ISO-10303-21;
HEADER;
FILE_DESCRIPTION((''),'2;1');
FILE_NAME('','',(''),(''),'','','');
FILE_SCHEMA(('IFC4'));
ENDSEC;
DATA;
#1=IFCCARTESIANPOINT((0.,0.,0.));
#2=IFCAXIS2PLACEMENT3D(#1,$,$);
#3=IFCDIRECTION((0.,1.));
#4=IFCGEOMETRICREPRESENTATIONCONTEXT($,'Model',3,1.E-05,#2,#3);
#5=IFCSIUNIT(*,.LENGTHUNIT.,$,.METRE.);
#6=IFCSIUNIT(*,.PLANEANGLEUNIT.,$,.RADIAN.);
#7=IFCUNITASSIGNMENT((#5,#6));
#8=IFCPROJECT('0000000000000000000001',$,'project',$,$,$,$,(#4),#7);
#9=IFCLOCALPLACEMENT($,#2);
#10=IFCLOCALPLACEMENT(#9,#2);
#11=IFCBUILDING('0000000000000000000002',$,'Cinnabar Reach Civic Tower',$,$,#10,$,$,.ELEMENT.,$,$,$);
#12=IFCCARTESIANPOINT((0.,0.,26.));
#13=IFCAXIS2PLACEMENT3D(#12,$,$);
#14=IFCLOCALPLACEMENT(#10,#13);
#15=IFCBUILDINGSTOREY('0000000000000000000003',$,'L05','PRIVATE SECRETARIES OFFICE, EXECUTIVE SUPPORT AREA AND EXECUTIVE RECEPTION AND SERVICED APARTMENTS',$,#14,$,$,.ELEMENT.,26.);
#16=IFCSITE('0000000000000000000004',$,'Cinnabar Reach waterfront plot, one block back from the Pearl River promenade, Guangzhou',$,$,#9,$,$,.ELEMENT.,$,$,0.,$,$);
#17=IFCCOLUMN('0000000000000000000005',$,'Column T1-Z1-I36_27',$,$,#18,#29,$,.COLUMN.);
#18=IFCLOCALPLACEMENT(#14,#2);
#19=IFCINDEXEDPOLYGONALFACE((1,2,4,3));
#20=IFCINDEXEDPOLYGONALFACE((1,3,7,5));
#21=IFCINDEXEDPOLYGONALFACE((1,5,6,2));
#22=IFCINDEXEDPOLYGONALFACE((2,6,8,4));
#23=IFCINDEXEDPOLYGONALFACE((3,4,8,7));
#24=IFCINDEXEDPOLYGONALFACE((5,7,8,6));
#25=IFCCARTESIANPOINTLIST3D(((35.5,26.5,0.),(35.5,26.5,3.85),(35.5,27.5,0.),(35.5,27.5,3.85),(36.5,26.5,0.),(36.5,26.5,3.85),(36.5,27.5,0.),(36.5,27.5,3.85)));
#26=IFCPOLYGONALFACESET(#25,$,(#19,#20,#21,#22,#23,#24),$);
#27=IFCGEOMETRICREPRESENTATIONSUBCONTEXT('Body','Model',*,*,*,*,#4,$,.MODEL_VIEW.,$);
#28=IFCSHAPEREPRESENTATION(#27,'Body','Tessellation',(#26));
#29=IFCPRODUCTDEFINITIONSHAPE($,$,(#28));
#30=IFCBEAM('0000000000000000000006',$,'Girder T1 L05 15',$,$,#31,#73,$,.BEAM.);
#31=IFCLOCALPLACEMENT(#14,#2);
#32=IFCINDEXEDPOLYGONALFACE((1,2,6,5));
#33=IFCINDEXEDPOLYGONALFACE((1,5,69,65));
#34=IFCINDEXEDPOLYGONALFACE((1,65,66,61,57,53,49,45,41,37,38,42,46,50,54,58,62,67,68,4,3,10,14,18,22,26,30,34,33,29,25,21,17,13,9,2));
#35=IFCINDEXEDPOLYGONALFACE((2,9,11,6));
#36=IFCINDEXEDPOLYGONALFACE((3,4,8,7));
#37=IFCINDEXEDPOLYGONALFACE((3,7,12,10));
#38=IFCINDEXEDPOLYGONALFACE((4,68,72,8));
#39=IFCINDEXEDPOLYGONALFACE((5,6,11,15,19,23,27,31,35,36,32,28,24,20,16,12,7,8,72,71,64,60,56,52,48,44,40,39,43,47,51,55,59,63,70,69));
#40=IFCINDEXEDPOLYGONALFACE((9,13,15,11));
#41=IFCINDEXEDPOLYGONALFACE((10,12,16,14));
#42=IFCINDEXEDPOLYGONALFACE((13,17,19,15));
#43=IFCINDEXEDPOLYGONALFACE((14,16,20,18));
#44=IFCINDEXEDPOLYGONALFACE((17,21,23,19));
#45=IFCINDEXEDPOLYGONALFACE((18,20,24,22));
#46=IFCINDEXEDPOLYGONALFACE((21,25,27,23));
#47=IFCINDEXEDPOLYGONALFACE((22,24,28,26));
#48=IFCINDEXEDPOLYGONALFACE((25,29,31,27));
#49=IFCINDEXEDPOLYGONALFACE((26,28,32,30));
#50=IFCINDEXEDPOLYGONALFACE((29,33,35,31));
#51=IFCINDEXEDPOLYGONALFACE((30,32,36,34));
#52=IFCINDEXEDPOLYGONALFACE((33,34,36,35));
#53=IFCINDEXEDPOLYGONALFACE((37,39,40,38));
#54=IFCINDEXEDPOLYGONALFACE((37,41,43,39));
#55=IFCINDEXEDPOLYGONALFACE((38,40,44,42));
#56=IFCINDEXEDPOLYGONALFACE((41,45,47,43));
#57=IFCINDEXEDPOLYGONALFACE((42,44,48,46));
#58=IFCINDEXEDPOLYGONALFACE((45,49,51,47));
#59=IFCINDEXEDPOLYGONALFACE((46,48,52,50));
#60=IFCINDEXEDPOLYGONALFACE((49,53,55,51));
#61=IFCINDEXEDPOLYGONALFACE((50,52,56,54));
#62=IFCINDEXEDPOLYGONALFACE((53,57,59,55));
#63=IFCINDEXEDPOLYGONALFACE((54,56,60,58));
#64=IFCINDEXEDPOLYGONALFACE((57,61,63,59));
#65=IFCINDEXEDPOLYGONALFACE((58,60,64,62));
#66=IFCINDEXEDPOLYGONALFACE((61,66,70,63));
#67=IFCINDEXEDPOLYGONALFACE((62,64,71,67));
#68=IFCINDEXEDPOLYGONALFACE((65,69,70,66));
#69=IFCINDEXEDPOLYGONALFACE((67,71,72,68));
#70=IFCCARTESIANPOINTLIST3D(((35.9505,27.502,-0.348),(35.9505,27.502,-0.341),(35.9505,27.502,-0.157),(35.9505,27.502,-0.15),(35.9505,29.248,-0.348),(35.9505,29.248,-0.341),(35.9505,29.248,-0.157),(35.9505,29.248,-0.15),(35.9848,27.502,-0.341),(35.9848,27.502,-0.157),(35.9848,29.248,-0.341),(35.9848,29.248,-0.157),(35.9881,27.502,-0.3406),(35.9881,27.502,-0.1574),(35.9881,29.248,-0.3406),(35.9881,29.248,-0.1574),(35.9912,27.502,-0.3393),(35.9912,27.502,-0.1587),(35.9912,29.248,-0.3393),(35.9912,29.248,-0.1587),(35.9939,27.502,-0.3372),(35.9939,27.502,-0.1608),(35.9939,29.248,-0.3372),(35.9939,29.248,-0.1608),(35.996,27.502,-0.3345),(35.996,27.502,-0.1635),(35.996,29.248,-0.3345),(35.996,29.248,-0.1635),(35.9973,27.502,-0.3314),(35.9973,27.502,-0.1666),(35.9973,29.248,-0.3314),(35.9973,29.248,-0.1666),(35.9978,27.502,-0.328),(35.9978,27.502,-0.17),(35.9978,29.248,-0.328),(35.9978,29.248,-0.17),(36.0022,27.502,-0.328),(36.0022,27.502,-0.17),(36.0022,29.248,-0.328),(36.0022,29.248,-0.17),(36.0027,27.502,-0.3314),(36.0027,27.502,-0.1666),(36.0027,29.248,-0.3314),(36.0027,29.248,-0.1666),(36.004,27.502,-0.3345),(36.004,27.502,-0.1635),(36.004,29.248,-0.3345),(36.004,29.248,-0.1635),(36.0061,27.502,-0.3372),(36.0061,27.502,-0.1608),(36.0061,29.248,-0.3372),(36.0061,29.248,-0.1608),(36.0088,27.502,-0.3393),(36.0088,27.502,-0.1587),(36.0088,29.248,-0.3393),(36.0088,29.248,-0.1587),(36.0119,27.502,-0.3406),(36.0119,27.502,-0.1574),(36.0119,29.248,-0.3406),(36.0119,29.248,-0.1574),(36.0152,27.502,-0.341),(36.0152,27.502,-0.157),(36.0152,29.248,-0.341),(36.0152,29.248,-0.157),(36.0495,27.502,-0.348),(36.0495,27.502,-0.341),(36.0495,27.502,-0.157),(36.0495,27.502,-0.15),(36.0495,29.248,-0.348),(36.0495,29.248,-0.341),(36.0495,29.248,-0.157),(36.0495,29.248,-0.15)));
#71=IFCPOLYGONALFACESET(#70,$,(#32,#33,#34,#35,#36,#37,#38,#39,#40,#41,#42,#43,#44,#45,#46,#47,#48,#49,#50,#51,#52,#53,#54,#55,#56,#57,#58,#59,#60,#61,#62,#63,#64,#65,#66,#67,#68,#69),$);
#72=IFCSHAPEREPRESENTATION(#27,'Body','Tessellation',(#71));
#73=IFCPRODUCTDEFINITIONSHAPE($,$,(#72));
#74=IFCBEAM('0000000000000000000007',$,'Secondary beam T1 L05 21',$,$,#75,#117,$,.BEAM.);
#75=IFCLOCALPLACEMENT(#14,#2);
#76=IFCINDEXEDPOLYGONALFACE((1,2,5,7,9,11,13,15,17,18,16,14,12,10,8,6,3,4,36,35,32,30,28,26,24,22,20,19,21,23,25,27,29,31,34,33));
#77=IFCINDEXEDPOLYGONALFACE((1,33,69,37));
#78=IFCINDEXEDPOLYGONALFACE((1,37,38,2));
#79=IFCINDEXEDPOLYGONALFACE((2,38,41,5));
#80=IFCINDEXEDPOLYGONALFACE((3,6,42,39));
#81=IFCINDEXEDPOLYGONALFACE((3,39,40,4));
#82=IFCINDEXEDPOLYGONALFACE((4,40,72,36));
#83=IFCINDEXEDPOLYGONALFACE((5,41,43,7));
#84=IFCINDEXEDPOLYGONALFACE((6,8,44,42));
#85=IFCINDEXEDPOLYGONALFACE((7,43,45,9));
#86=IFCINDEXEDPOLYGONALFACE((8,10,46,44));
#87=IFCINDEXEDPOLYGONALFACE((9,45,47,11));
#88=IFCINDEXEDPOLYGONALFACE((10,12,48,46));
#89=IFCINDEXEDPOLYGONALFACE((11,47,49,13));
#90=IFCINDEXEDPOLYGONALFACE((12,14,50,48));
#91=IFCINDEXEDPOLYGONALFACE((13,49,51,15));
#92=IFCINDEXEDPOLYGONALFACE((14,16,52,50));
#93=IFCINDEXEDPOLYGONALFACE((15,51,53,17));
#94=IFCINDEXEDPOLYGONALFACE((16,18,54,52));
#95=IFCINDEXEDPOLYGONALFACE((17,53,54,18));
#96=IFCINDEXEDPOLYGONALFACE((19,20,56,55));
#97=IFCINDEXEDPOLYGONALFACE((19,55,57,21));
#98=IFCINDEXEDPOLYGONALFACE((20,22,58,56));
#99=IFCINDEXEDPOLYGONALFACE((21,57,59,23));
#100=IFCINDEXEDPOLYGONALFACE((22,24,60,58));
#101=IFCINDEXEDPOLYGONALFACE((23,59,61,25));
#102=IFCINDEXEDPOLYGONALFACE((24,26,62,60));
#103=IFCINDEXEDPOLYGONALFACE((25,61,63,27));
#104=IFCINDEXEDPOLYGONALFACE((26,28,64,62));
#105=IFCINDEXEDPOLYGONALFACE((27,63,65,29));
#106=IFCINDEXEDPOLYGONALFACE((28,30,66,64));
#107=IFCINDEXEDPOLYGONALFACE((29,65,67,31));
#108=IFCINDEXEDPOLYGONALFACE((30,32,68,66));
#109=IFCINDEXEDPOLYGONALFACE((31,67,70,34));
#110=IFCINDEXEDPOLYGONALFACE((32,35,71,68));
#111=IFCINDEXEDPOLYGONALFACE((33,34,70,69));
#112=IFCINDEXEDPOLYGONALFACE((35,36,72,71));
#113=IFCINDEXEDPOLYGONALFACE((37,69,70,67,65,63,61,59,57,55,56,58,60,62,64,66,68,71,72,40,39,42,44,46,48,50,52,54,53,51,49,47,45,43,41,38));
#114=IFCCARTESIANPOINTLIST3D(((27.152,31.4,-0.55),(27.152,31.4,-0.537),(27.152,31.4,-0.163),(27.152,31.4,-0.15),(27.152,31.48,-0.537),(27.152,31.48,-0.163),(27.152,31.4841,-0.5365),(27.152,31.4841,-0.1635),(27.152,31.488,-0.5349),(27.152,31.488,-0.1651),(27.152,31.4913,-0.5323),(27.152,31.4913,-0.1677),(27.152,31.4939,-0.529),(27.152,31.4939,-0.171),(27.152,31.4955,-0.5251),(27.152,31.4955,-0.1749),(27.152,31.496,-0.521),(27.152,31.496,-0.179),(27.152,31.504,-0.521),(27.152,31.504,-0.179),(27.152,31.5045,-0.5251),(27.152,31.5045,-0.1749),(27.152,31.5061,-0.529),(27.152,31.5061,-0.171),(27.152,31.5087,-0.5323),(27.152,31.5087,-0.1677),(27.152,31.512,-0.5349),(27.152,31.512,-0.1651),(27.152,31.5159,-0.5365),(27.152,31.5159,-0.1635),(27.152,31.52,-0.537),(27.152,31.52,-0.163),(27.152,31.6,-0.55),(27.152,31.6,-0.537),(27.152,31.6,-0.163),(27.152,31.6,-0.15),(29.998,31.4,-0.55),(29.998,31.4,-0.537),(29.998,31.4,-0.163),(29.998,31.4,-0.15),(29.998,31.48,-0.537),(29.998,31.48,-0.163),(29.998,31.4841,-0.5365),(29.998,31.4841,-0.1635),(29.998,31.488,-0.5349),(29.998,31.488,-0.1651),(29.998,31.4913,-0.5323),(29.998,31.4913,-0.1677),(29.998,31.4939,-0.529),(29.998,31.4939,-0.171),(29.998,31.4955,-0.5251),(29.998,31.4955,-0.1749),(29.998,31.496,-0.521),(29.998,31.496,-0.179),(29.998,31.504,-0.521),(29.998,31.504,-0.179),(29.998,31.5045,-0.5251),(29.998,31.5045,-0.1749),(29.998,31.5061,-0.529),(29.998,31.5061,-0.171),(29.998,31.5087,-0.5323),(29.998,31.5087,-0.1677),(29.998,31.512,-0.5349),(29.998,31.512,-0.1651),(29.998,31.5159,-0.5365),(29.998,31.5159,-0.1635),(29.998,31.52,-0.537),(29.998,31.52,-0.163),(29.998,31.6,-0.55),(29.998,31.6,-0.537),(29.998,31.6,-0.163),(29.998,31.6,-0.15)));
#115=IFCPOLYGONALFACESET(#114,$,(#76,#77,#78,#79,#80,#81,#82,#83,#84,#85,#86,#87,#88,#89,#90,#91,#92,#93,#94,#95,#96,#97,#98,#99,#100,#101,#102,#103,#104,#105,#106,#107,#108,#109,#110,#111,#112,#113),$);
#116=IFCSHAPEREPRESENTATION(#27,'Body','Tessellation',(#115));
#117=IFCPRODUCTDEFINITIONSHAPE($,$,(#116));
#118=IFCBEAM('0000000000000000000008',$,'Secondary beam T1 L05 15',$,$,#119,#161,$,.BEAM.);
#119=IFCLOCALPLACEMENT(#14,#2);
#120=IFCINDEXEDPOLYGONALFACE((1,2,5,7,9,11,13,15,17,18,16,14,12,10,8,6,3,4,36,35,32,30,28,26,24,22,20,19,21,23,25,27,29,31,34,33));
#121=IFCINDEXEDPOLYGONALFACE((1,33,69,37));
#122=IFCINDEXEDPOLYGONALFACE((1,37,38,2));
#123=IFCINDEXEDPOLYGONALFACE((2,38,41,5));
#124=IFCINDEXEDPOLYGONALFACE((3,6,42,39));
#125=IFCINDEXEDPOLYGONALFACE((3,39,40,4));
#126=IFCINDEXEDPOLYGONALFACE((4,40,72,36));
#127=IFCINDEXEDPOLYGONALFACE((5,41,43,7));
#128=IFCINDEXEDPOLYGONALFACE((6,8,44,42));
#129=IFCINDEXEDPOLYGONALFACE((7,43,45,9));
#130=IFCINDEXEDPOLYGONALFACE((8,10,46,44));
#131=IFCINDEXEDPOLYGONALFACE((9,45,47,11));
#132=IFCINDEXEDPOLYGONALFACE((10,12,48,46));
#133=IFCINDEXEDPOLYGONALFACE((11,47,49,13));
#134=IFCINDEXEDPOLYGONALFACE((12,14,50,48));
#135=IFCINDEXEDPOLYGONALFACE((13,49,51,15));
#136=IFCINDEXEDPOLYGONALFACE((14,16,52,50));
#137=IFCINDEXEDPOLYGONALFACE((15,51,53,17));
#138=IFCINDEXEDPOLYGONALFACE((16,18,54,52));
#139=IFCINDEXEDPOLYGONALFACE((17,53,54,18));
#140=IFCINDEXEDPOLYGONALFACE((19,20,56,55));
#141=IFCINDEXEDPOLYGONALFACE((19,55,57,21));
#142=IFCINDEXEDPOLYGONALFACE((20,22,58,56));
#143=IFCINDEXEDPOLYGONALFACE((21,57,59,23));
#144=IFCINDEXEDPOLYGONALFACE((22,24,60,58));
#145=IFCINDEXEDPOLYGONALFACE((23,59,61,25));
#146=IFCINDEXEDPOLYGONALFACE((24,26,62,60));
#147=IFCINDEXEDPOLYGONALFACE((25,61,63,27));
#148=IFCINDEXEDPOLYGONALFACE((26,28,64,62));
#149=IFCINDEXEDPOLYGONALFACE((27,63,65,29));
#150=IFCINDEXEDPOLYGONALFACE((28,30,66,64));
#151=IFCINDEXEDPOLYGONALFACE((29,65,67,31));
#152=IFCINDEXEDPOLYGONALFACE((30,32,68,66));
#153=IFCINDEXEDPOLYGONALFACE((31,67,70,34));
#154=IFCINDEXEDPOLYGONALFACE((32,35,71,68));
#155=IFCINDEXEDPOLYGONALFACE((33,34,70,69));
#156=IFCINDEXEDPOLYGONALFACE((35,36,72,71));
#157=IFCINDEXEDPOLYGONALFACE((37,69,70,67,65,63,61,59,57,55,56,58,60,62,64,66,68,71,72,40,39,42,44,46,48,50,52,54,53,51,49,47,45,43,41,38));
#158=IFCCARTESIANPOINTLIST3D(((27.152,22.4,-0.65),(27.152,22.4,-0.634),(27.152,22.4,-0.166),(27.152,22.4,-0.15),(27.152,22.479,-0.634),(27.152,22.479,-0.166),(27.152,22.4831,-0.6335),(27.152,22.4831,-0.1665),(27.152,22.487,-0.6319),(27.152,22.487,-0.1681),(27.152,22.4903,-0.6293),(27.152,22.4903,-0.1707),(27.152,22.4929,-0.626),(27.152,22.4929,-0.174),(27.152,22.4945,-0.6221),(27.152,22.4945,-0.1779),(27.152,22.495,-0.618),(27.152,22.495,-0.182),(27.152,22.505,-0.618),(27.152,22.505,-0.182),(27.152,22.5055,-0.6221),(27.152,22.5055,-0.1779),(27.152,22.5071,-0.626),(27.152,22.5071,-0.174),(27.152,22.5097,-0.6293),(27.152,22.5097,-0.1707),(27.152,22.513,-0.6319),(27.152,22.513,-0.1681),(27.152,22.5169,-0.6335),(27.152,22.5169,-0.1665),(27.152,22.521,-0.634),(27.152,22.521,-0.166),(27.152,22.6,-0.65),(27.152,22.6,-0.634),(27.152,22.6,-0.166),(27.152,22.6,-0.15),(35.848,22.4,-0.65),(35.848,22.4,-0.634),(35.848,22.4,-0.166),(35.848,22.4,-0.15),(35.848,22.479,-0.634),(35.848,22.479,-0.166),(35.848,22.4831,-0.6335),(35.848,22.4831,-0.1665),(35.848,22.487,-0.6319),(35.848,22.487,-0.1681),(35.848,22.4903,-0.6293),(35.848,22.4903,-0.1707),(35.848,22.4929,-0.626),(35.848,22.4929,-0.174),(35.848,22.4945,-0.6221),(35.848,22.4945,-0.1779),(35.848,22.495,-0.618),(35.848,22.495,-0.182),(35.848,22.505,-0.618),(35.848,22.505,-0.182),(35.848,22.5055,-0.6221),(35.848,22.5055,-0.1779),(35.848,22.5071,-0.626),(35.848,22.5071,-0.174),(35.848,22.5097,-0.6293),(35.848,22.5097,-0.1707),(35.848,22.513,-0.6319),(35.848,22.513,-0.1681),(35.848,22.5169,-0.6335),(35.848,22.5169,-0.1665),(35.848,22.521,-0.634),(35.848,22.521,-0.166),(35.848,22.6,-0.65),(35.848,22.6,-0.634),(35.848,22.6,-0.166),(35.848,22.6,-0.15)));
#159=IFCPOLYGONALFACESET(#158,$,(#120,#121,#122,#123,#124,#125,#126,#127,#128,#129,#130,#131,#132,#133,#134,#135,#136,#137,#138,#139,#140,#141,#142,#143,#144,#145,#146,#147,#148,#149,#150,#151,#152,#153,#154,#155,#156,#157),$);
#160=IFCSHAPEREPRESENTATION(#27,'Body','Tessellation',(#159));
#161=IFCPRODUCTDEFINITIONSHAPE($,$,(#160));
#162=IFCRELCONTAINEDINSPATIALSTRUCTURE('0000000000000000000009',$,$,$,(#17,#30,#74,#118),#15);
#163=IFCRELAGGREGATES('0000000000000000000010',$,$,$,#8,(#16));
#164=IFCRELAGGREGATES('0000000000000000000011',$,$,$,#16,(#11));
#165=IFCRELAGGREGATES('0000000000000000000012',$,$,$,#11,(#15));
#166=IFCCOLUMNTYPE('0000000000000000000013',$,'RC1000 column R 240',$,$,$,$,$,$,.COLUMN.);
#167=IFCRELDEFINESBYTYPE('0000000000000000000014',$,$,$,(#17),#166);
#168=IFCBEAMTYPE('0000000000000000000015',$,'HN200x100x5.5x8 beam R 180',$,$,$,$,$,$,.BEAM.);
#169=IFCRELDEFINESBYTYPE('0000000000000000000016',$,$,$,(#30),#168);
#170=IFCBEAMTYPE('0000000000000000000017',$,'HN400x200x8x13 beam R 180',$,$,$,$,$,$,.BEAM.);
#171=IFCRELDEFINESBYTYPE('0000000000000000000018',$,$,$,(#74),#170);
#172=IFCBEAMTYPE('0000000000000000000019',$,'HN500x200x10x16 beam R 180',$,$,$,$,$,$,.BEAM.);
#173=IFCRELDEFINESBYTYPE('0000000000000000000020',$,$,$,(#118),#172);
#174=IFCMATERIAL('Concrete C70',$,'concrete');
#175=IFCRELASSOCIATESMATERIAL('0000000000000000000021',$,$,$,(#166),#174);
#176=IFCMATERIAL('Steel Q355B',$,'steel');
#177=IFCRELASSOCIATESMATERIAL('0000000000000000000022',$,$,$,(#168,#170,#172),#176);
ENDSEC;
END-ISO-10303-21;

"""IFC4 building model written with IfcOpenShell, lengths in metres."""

from ifc_helpers import new_model, si_unit, direction, frame, origin, origin_2d, place, context, subcontext, project, spatial, rectangle, i_section, extrude, material, material_profile, profile_set, type_object, element, save


model = new_model("IFC4")

# Units and contexts
model_context = context("Model", 3, precision=1e-05, world=origin(), true_north=direction((0.0, 1.0)))
body_context = subcontext(model_context, "Body", "Model", "MODEL_VIEW")
ifc_project = project(units=[si_unit("LENGTHUNIT", "METRE"), si_unit("PLANEANGLEUNIT", "RADIAN")], contexts=[model_context])

# Site, building, storey
site_placement = place(None, origin())
site = spatial("IfcSite", under=ifc_project, at=site_placement, Name="Cinnabar Reach waterfront plot, one block back from the Pearl River promenade, Guangzhou", CompositionType="ELEMENT", RefElevation=0.0)
building_placement = place(site_placement, origin())
building = spatial("IfcBuilding", under=site, at=building_placement, Name="Cinnabar Reach Civic Tower", CompositionType="ELEMENT")
storey_placement = place(building_placement, frame((0.0, 0.0, 26.0)))
storey = spatial("IfcBuildingStorey", under=building, at=storey_placement, Name="L05", Description="PRIVATE SECRETARIES OFFICE, EXECUTIVE SUPPORT AREA AND EXECUTIVE RECEPTION AND SERVICED APARTMENTS", CompositionType="ELEMENT", Elevation=26.0)

# Column
ifc_material_1 = material(Name="Concrete C70", Category="concrete")
ifc_material_profile_1 = material_profile(ifc_material_1, rectangle(XDim=1.0, YDim=1.0, at=origin_2d()), Name="RC1000")
ifc_profile_set_1 = profile_set([ifc_material_profile_1], Name="Concrete C70")
column_type = type_object("IfcColumnType", Name="RC1000 column R 240", PredefinedType="COLUMN", material=ifc_profile_set_1)
column_placement = place(storey_placement, frame((36.0, 27.0, 0.0), z_axis=(0.0, 0.0, 1.0), x_axis=(1.0, 0.0, 0.0)))
element("IfcColumn", 1, at=column_placement, inside=storey, type_object=column_type, Name="Column T1-Z1-I36_27", PredefinedType="COLUMN", context=body_context, shape_type="SweptSolid", body=[
    extrude(rectangle(XDim=1.0, YDim=1.0, at=origin_2d()), origin(), (0.0, 0.0, 1.0), 3.85),
])

# Beams
ifc_material_2 = material(Name="Steel Q355B", Category="steel")
ifc_material_profile_2 = material_profile(ifc_material_2, i_section(OverallWidth=0.099, OverallDepth=0.198, WebThickness=0.0045, FlangeThickness=0.007, FilletRadius=0.013, at=origin_2d()), Name="HN200x100x5.5x8")
ifc_profile_set_2 = profile_set([ifc_material_profile_2], Name="Steel Q355B")
beam_type_1 = type_object("IfcBeamType", Name="HN200x100x5.5x8 beam R 180", PredefinedType="BEAM", material=ifc_profile_set_2)
beam_1_placement = place(storey_placement, frame((36.0, 27.502, -0.249), z_axis=(0.0, 1.0, 0.0), x_axis=(-1.0, 0.0, 0.0)))
element("IfcBeam", 2, at=beam_1_placement, inside=storey, type_object=beam_type_1, Name="Girder T1 L05 15", PredefinedType="BEAM", context=body_context, shape_type="SweptSolid", body=[
    extrude(i_section(OverallWidth=0.099, OverallDepth=0.198, WebThickness=0.0045, FlangeThickness=0.007, FilletRadius=0.013, at=origin_2d()), origin(), (0.0, 0.0, 1.0), 1.746),
])
ifc_material_profile_3 = material_profile(ifc_material_2, i_section(OverallWidth=0.2, OverallDepth=0.4, WebThickness=0.008, FlangeThickness=0.013, FilletRadius=0.016, at=origin_2d()), Name="HN400x200x8x13")
ifc_profile_set_3 = profile_set([ifc_material_profile_3], Name="Steel Q355B")
beam_type_2 = type_object("IfcBeamType", Name="HN400x200x8x13 beam R 180", PredefinedType="BEAM", material=ifc_profile_set_3)
beam_2_placement = place(storey_placement, frame((27.152, 31.5, -0.35), z_axis=(1.0, 0.0, 0.0), x_axis=(0.0, 1.0, 0.0)))
element("IfcBeam", 3, at=beam_2_placement, inside=storey, type_object=beam_type_2, Name="Secondary beam T1 L05 21", PredefinedType="BEAM", context=body_context, shape_type="SweptSolid", body=[
    extrude(i_section(OverallWidth=0.2, OverallDepth=0.4, WebThickness=0.008, FlangeThickness=0.013, FilletRadius=0.016, at=origin_2d()), origin(), (0.0, 0.0, 1.0), 2.846),
])
ifc_material_profile_4 = material_profile(ifc_material_2, i_section(OverallWidth=0.2, OverallDepth=0.5, WebThickness=0.01, FlangeThickness=0.016, FilletRadius=0.016, at=origin_2d()), Name="HN500x200x10x16")
ifc_profile_set_4 = profile_set([ifc_material_profile_4], Name="Steel Q355B")
beam_type_3 = type_object("IfcBeamType", Name="HN500x200x10x16 beam R 180", PredefinedType="BEAM", material=ifc_profile_set_4)
for number, where, z_axis, x_axis, name in (
    (4, (27.152, 22.5, -0.4), (1.0, 0.0, 0.0), (0.0, 1.0, 0.0), "Secondary beam T1 L05 15"),
):
    element("IfcBeam", number, at=place(storey_placement, frame(where, z_axis=z_axis, x_axis=x_axis)), inside=storey, type_object=beam_type_3, Name=name, PredefinedType="BEAM", context=body_context, shape_type="SweptSolid", body=[
        extrude(i_section(OverallWidth=0.2, OverallDepth=0.5, WebThickness=0.01, FlangeThickness=0.016, FilletRadius=0.016, at=origin_2d()), origin(), (0.0, 0.0, 1.0), 8.696),
    ])

save(model, "model.ifc")
